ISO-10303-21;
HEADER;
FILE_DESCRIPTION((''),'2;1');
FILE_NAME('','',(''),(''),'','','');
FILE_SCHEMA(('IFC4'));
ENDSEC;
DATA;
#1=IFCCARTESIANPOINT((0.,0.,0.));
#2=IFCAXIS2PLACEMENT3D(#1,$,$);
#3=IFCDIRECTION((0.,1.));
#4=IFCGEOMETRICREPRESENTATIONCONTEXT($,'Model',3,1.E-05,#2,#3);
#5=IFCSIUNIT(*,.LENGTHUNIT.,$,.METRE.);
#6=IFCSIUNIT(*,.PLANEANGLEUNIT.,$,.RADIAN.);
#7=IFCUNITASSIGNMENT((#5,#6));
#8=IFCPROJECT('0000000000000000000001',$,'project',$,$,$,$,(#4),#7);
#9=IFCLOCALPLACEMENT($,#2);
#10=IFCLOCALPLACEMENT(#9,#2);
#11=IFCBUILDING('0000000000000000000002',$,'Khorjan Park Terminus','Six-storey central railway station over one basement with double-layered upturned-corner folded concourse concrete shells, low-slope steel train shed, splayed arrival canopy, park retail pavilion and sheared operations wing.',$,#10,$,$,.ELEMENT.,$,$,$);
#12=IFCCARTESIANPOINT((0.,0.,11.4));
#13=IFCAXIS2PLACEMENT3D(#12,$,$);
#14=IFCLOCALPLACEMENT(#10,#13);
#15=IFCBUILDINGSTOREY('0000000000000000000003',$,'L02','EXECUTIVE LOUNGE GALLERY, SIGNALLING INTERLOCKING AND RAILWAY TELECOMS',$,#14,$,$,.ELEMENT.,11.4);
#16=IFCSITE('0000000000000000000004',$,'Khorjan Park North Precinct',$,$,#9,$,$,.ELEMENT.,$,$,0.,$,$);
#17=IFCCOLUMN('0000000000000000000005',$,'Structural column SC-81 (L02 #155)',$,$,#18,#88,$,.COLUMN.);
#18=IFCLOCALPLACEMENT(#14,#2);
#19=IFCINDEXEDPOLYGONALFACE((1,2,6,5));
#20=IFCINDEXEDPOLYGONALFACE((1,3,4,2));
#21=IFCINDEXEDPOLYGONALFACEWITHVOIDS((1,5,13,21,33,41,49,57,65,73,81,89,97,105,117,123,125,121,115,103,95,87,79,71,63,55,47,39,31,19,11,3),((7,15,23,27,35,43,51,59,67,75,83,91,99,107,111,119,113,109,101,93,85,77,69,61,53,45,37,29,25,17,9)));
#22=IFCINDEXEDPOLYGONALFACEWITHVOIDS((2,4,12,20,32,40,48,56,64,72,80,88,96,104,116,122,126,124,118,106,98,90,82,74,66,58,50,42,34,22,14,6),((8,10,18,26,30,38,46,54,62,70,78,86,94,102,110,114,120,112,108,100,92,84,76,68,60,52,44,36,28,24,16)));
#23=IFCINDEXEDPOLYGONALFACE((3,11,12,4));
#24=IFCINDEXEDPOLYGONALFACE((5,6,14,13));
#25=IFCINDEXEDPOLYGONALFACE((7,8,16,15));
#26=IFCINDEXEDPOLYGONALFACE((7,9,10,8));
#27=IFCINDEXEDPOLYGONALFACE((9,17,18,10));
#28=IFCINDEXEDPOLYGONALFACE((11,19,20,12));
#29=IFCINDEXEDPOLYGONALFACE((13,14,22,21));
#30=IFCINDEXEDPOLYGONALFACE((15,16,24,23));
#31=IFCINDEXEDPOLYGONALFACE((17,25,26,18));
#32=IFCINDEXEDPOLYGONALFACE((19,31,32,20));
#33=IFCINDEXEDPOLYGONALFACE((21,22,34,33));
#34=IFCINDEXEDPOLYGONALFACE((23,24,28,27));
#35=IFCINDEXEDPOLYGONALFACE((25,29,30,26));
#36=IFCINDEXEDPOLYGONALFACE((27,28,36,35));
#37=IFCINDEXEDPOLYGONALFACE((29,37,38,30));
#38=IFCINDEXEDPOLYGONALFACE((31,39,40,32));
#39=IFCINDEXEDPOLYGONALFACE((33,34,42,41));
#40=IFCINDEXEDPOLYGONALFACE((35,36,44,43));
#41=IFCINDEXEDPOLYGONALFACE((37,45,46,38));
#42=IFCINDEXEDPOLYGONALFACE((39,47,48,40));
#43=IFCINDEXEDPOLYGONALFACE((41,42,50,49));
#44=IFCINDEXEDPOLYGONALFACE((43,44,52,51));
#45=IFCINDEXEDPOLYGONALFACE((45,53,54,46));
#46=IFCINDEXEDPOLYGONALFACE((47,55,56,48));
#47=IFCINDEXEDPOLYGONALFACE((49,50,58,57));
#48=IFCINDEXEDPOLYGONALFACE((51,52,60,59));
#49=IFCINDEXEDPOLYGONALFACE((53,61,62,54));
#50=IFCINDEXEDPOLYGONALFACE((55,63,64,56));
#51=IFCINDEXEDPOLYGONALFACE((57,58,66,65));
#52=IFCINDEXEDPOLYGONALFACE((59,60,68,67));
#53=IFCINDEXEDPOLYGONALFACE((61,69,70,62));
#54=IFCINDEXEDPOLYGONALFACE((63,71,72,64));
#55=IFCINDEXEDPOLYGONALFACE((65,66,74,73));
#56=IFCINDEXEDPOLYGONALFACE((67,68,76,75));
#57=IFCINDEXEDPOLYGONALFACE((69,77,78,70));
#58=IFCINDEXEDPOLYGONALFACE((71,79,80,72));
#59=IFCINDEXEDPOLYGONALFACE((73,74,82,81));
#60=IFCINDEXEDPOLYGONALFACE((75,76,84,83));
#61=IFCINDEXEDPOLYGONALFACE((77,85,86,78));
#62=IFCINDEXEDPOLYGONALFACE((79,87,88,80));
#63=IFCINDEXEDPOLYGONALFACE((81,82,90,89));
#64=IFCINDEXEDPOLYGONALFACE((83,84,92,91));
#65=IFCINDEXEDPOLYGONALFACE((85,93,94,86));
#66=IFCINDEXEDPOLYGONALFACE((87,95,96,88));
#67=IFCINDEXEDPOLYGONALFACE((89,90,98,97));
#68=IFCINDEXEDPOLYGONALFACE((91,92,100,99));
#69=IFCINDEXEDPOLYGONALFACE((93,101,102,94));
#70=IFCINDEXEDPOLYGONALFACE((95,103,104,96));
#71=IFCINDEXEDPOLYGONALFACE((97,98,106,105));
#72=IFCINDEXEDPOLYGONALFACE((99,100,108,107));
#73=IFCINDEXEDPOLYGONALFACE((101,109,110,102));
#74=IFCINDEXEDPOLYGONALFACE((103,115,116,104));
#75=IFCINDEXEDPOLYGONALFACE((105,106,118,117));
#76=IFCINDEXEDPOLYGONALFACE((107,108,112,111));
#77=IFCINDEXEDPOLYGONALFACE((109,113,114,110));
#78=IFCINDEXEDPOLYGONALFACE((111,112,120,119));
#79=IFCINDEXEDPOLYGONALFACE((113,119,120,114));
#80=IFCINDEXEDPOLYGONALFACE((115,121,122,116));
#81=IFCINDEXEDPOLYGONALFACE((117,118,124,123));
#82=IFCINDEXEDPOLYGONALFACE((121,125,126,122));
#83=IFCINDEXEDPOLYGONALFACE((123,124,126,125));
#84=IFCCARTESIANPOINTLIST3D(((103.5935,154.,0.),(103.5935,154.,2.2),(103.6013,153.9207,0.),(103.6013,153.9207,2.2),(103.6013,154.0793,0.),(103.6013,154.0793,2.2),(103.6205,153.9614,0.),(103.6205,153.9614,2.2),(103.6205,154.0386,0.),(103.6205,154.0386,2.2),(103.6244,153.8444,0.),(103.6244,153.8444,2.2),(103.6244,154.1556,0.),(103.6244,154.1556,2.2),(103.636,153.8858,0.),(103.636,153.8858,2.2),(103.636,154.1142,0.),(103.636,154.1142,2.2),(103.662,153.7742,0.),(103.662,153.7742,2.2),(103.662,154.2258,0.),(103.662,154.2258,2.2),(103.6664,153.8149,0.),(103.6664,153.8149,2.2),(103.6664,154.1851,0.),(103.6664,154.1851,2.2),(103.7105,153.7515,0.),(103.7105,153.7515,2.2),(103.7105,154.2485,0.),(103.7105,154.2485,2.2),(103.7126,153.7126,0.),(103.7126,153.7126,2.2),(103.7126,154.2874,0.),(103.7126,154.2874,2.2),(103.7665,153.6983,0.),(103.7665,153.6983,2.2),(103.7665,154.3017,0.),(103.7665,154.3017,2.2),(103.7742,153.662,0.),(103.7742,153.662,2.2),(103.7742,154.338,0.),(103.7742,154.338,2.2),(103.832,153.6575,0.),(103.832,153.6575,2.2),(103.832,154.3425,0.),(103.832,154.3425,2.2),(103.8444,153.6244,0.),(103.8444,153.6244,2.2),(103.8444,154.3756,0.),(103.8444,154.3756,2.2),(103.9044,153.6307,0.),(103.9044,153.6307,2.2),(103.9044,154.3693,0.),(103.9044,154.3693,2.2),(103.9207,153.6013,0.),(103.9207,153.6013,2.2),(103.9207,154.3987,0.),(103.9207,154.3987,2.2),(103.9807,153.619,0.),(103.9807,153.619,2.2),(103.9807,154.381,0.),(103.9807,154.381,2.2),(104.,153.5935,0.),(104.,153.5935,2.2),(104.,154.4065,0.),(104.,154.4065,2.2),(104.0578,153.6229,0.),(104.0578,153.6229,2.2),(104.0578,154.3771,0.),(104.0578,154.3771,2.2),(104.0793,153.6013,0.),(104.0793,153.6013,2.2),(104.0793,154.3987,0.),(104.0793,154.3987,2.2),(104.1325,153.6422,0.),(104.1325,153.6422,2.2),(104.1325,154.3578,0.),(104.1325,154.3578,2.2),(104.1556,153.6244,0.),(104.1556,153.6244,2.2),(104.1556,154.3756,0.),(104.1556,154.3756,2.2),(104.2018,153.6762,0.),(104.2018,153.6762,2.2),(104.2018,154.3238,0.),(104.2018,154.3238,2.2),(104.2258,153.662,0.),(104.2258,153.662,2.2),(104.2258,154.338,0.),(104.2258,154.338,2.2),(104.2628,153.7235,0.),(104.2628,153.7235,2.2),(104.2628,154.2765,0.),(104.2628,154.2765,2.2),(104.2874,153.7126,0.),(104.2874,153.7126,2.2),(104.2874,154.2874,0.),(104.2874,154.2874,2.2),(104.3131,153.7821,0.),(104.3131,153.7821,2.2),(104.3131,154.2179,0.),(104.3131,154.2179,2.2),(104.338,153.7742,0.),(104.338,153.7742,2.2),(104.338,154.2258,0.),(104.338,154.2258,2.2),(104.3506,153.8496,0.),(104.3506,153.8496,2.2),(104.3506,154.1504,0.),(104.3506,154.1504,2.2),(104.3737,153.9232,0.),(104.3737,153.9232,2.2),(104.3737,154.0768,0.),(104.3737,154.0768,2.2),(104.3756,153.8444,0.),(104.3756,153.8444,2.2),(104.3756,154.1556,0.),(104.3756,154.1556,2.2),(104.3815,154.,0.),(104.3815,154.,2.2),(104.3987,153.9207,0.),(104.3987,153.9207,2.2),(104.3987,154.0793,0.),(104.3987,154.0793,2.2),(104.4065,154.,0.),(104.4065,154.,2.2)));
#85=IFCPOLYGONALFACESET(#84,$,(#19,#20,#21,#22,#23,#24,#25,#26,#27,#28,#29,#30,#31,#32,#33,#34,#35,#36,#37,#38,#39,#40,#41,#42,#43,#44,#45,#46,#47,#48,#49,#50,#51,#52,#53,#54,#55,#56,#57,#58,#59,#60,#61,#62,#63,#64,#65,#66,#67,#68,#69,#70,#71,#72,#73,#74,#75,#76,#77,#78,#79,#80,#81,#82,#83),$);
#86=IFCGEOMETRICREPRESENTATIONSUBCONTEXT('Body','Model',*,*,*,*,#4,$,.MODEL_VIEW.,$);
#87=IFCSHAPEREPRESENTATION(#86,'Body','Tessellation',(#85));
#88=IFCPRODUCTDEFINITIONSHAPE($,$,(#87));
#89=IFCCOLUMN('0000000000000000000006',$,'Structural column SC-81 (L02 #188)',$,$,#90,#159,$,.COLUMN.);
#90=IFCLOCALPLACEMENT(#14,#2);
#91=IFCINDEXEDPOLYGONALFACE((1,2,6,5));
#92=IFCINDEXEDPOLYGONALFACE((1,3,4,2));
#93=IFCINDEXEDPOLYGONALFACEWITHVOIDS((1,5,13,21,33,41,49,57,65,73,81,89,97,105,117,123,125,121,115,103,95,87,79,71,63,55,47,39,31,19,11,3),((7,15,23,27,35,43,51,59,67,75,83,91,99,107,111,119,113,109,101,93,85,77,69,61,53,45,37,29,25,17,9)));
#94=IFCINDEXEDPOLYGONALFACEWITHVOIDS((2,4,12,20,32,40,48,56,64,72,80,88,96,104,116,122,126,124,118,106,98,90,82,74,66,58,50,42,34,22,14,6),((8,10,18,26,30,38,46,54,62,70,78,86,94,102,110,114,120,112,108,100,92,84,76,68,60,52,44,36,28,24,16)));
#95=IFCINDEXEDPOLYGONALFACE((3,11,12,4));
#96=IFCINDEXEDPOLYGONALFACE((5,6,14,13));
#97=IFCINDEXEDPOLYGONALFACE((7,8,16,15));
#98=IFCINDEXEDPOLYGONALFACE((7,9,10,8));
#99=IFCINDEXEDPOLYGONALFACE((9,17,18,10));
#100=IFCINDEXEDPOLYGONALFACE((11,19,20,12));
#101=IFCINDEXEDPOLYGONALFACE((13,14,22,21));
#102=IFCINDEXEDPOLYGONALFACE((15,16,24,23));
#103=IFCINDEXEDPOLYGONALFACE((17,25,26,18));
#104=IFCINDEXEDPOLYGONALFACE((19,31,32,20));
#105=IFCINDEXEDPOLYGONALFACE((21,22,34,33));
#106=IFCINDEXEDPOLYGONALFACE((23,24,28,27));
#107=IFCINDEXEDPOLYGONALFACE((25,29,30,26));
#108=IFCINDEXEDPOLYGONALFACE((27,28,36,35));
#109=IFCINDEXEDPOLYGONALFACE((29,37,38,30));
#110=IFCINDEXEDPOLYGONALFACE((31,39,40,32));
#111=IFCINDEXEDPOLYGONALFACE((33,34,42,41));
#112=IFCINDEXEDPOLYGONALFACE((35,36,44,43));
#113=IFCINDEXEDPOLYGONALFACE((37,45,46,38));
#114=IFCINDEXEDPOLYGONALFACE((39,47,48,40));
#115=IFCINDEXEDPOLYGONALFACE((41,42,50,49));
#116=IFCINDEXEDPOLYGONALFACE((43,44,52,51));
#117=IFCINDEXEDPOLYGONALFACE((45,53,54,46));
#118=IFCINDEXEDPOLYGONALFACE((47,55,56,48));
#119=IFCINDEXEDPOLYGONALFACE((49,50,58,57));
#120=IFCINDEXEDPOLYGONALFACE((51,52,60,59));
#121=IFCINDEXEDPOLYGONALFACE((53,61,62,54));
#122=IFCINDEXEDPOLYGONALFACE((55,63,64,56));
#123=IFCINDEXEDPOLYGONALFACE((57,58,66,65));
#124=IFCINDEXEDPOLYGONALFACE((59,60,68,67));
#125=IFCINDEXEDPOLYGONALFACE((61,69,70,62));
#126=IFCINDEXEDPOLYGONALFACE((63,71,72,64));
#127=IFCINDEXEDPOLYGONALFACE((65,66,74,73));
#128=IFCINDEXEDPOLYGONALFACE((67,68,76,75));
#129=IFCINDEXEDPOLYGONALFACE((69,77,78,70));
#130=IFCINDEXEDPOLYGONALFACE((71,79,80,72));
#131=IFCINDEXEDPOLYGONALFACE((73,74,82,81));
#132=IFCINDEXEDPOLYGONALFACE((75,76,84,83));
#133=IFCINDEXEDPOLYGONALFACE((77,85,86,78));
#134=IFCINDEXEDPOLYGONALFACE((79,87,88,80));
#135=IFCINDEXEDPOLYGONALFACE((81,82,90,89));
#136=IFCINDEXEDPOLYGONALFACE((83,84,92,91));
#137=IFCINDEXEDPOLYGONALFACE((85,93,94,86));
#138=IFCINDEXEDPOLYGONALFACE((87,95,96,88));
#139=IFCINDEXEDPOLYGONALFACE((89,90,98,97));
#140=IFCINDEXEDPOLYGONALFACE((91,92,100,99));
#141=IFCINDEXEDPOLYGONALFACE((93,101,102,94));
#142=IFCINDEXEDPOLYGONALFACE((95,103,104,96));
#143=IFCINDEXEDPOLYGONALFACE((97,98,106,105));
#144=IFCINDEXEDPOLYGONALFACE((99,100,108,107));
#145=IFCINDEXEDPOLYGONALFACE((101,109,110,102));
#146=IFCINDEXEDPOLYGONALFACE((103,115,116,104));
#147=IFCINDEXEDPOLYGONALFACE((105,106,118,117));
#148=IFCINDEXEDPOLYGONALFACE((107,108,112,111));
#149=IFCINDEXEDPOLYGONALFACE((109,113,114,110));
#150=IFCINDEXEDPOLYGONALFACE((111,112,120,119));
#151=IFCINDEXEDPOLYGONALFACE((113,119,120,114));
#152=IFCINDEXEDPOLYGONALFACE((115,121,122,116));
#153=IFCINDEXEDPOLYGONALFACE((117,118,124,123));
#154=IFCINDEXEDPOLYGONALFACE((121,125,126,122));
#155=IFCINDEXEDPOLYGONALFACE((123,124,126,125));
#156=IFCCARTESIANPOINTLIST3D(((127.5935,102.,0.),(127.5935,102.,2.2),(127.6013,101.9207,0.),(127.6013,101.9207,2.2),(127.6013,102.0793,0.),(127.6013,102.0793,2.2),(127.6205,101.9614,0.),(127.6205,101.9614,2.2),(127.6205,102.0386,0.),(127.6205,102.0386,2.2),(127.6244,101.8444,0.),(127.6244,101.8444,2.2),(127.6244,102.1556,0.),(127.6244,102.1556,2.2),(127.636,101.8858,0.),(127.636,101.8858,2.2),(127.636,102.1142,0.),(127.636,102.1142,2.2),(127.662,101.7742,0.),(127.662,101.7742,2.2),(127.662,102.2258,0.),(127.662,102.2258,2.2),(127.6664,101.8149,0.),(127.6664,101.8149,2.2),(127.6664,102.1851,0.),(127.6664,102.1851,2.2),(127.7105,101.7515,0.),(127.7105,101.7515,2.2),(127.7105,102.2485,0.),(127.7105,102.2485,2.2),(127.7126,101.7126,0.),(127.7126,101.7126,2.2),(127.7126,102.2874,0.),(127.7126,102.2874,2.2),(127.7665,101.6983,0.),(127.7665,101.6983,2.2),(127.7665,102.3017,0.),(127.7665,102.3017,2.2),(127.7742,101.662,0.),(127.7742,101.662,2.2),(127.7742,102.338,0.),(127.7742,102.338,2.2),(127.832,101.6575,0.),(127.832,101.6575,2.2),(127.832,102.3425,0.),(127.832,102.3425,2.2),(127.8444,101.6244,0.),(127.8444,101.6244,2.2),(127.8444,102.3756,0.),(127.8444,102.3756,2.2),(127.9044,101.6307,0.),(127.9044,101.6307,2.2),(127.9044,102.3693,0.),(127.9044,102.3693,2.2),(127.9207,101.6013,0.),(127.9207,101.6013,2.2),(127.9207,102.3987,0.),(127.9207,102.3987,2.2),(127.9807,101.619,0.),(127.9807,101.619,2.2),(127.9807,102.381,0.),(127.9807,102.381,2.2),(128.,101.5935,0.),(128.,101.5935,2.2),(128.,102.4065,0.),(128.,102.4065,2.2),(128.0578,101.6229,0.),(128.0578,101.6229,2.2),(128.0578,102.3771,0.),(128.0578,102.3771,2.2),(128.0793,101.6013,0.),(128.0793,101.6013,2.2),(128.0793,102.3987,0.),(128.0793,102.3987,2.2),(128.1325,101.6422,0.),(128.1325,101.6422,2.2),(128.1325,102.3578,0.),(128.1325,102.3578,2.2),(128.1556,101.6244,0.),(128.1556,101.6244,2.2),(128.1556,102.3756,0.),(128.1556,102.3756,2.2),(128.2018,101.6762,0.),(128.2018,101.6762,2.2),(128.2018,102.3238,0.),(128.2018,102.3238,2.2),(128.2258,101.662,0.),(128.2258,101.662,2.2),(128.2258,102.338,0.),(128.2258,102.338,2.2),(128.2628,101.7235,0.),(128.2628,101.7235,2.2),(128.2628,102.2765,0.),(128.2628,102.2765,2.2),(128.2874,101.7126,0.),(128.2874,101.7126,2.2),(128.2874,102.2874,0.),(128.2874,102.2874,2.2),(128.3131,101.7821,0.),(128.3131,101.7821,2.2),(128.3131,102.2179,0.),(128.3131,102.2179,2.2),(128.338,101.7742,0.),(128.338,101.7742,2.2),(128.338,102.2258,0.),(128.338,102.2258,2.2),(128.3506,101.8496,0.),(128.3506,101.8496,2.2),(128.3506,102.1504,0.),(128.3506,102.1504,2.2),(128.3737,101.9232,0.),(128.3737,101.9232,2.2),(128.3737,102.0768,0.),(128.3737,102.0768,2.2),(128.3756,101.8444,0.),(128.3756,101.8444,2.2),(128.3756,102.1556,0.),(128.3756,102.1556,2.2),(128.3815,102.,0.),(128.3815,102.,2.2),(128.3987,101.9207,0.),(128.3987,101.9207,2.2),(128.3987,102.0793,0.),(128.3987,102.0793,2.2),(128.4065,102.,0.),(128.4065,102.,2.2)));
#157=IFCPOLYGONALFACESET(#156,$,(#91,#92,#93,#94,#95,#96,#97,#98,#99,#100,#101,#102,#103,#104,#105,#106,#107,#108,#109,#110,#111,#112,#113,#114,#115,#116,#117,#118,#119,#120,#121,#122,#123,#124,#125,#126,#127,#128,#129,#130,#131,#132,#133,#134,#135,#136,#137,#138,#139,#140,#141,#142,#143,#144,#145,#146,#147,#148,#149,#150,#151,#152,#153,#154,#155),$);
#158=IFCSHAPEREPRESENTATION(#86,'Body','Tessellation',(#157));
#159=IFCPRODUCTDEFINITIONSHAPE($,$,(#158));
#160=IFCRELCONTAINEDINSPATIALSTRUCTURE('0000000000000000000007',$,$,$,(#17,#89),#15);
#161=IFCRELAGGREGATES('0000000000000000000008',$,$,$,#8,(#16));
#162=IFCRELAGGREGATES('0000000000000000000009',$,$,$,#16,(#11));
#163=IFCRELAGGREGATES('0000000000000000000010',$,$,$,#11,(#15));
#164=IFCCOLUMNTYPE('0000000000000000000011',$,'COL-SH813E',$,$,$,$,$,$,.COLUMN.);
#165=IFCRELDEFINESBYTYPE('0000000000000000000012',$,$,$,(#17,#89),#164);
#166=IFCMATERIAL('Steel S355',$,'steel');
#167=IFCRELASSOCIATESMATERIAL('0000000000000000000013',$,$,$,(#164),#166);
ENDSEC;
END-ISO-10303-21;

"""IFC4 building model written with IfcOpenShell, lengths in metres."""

from ifc_helpers import new_model, si_unit, direction, frame, origin, origin_2d, place, context, subcontext, project, spatial, hollow_circle, extrude, material, material_profile, profile_set, type_object, element, save


model = new_model("IFC4")

# Units and contexts
model_context = context("Model", 3, precision=1e-05, world=origin(), true_north=direction((0.0, 1.0)))
body_context = subcontext(model_context, "Body", "Model", "MODEL_VIEW")
ifc_project = project(units=[si_unit("LENGTHUNIT", "METRE"), si_unit("PLANEANGLEUNIT", "RADIAN")], contexts=[model_context])

# Site, building, storey
site_placement = place(None, origin())
site = spatial("IfcSite", under=ifc_project, at=site_placement, Name="Khorjan Park North Precinct", CompositionType="ELEMENT", RefElevation=0.0)
building_placement = place(site_placement, origin())
building = spatial("IfcBuilding", under=site, at=building_placement, Name="Khorjan Park Terminus", Description="Six-storey central railway station over one basement with double-layered upturned-corner folded concourse concrete shells, low-slope steel train shed, splayed arrival canopy, park retail pavilion and sheared operations wing.", CompositionType="ELEMENT")
storey_placement = place(building_placement, frame((0.0, 0.0, 11.4)))
storey = spatial("IfcBuildingStorey", under=building, at=storey_placement, Name="L02", Description="EXECUTIVE LOUNGE GALLERY, SIGNALLING INTERLOCKING AND RAILWAY TELECOMS", CompositionType="ELEMENT", Elevation=11.4)

# Columns
ifc_material = material(Name="Steel S355", Category="steel")
ifc_material_profile_1 = material_profile(ifc_material, hollow_circle(Radius=0.4065, WallThickness=0.025, at=origin_2d()), Name="CHS 813x25")
ifc_profile_set_1 = profile_set([ifc_material_profile_1], Name="Steel S355")
column_type_1 = type_object("IfcColumnType", Name="COL-SH813E", PredefinedType="COLUMN", material=ifc_profile_set_1)
for number, where, z_axis, x_axis, name in (
    (1, (104.0, 154.0, 0.0), (0.0, 0.0, 1.0), (1.0, 0.0, 0.0), "Structural column SC-81 (L02 #155)"),
    (2, (128.0, 102.0, 0.0), (0.0, 0.0, 1.0), (1.0, 0.0, 0.0), "Structural column SC-81 (L02 #188)"),
):
    element("IfcColumn", number, at=place(storey_placement, frame(where, z_axis=z_axis, x_axis=x_axis)), inside=storey, type_object=column_type_1, Name=name, PredefinedType="COLUMN", context=body_context, shape_type="SweptSolid", body=[
        extrude(hollow_circle(Radius=0.4065, WallThickness=0.025, at=origin_2d()), origin(), (0.0, 0.0, 1.0), 2.2),
    ])

save(model, "model.ifc")
